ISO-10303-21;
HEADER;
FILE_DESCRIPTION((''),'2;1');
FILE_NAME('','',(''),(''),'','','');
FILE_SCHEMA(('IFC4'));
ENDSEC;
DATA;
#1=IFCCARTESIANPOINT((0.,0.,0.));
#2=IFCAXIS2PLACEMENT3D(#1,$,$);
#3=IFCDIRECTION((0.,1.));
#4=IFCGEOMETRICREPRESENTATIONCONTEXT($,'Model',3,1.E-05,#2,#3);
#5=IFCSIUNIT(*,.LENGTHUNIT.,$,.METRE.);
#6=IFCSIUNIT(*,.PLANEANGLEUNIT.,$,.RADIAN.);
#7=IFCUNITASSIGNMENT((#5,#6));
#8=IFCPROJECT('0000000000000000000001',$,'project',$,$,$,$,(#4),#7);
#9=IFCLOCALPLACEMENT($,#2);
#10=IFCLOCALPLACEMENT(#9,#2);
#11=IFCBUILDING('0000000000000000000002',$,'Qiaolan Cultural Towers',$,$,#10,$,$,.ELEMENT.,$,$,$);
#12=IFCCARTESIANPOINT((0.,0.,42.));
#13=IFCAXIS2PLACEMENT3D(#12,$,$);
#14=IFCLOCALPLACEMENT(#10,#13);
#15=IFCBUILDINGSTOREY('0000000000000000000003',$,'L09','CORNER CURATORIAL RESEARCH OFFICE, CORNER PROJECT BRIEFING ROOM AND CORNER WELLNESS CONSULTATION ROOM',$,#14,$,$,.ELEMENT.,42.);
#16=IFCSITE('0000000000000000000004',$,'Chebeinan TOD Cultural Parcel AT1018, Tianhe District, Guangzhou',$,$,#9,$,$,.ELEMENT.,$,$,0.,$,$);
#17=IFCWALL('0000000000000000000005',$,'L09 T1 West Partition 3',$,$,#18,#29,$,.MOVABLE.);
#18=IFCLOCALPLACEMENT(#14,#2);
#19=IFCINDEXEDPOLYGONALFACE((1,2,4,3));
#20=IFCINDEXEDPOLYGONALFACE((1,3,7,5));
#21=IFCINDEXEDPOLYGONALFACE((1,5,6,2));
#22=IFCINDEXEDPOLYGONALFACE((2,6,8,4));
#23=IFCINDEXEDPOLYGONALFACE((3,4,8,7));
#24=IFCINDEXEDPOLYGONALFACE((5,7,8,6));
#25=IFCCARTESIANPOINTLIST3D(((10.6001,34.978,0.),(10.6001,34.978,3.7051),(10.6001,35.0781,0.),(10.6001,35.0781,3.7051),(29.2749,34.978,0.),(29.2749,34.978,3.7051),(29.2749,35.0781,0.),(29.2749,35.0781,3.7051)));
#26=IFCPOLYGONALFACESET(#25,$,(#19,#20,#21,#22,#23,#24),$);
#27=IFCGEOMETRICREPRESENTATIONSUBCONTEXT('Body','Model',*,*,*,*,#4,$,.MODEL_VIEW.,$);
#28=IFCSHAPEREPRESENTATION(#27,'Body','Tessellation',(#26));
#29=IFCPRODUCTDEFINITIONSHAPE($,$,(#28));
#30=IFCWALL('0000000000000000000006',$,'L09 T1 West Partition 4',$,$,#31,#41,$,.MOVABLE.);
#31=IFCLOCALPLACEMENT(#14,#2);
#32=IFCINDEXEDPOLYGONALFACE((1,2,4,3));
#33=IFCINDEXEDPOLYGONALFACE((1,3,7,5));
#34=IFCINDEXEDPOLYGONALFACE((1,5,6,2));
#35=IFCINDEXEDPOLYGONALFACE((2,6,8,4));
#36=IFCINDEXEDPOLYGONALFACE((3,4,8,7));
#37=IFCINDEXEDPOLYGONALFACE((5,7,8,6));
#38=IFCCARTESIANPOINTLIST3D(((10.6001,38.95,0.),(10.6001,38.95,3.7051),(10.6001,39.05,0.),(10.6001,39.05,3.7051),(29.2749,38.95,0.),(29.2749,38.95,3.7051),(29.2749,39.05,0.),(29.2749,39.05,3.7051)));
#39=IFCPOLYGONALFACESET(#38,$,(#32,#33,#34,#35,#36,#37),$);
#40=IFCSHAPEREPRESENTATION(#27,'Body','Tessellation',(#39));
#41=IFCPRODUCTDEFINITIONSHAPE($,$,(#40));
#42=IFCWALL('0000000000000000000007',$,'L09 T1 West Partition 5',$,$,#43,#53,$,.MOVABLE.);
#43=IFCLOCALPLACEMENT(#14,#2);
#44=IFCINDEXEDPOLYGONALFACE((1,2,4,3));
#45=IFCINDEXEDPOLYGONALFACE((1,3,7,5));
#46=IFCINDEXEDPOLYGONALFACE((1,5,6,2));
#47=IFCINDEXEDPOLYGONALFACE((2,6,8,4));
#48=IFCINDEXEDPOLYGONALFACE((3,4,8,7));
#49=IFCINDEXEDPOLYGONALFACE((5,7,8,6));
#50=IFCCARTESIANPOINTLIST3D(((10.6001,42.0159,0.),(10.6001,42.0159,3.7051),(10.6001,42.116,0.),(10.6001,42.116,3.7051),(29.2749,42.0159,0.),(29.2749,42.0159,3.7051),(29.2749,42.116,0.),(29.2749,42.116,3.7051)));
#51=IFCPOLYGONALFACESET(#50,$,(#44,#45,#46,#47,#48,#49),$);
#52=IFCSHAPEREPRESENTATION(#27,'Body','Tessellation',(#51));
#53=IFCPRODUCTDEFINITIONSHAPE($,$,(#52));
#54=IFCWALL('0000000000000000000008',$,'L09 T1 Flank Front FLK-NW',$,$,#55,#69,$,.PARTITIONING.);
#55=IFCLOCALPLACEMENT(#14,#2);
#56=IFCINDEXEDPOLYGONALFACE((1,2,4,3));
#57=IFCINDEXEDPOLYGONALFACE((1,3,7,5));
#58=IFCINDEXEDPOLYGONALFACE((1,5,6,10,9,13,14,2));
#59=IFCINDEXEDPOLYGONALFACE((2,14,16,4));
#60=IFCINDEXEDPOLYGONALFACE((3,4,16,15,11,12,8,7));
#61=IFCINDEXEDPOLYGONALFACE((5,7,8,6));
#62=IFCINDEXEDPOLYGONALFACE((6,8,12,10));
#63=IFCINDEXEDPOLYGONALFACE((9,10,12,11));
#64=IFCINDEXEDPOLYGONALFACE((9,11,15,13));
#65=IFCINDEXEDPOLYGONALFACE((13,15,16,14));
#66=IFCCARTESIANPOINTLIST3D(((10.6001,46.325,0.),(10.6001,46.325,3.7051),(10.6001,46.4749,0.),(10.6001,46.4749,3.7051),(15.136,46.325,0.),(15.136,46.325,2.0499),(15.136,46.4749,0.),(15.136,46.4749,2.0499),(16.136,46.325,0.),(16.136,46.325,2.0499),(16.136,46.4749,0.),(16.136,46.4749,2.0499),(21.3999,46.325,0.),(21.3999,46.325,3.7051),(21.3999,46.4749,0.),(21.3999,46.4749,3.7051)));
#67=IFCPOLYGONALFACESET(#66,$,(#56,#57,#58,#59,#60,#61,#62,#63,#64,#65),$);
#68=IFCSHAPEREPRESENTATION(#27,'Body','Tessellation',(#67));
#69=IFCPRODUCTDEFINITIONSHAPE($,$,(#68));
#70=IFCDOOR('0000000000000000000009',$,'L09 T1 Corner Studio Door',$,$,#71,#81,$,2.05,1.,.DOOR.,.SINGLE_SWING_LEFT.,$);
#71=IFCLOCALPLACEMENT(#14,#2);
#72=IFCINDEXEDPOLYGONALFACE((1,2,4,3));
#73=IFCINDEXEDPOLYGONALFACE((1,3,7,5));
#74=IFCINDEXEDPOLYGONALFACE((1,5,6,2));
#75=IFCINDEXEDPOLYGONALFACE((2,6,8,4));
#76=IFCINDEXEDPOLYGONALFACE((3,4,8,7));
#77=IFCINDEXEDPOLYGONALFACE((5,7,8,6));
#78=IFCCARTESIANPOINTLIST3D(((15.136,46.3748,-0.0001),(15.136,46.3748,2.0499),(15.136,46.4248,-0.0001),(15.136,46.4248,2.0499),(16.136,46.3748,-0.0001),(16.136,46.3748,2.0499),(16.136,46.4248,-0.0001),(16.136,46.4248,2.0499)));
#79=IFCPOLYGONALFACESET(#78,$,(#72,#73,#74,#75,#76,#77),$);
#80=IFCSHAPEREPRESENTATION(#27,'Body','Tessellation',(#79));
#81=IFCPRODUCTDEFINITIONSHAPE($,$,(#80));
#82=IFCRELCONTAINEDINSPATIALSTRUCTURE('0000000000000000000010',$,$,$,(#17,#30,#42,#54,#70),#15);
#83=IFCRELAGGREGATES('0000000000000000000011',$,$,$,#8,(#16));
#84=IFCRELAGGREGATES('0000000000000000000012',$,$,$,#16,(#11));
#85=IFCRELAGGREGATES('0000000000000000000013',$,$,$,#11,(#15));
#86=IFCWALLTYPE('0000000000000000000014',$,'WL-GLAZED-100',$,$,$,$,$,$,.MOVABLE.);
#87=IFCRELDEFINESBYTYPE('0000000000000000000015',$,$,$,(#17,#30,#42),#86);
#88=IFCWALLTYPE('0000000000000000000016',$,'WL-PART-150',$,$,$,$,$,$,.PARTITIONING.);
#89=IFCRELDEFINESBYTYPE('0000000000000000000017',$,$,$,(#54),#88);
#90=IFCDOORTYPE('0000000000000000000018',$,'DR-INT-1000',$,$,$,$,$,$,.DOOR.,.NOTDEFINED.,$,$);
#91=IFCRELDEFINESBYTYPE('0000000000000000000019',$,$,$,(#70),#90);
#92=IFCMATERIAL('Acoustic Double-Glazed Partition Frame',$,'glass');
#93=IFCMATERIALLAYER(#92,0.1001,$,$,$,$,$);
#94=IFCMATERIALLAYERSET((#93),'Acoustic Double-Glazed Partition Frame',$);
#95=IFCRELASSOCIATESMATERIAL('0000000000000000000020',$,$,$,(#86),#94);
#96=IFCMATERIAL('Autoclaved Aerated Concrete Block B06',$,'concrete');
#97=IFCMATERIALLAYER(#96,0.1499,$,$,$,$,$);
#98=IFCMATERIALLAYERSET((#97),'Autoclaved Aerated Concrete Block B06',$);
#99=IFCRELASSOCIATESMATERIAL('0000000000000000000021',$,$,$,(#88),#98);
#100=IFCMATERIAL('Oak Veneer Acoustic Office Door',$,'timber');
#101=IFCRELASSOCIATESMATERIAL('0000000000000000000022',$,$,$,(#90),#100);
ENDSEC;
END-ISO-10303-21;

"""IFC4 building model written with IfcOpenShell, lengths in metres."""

from ifc_helpers import new_model, si_unit, direction, frame, frame_2d, origin, place, context, subcontext, project, spatial, rectangle, extrude, material, layer, layer_set, type_object, element, fill, save


model = new_model("IFC4")

# Units and contexts
model_context = context("Model", 3, precision=1e-05, world=origin(), true_north=direction((0.0, 1.0)))
body_context = subcontext(model_context, "Body", "Model", "MODEL_VIEW")
ifc_project = project(units=[si_unit("LENGTHUNIT", "METRE"), si_unit("PLANEANGLEUNIT", "RADIAN")], contexts=[model_context])

# Site, building, storey
site_placement = place(None, origin())
site = spatial("IfcSite", under=ifc_project, at=site_placement, Name="Chebeinan TOD Cultural Parcel AT1018, Tianhe District, Guangzhou", CompositionType="ELEMENT", RefElevation=0.0)
building_placement = place(site_placement, origin())
building = spatial("IfcBuilding", under=site, at=building_placement, Name="Qiaolan Cultural Towers", CompositionType="ELEMENT")
storey_placement = place(building_placement, frame((0.0, 0.0, 42.0)))
storey = spatial("IfcBuildingStorey", under=building, at=storey_placement, Name="L09", Description="CORNER CURATORIAL RESEARCH OFFICE, CORNER PROJECT BRIEFING ROOM AND CORNER WELLNESS CONSULTATION ROOM", CompositionType="ELEMENT", Elevation=42.0)

# Walls
ifc_material_1 = material(Name="Acoustic Double-Glazed Partition Frame", Category="glass")
ifc_layer_1 = layer(ifc_material_1, 0.1001)
ifc_layer_set_1 = layer_set([ifc_layer_1], Name="Acoustic Double-Glazed Partition Frame")
wall_type_1 = type_object("IfcWallType", Name="WL-GLAZED-100", PredefinedType="MOVABLE", material=ifc_layer_set_1)
for number, where, z_axis, x_axis, name in (
    (1, (10.6001, 35.0281, 0.0), (0.0, 0.0, 1.0), (1.0, 0.0, 0.0), "L09 T1 West Partition 3"),
    (2, (10.6001, 39.0, 0.0), (0.0, 0.0, 1.0), (1.0, 0.0, 0.0), "L09 T1 West Partition 4"),
    (3, (10.6001, 42.0659, 0.0), (0.0, 0.0, 1.0), (1.0, 0.0, 0.0), "L09 T1 West Partition 5"),
):
    element("IfcWall", number, at=place(storey_placement, frame(where, z_axis=z_axis, x_axis=x_axis)), inside=storey, type_object=wall_type_1, Name=name, PredefinedType="MOVABLE", context=body_context, shape_type="SweptSolid", body=[
        extrude(rectangle(XDim=18.6748, YDim=0.1001, at=frame_2d((9.3374, 0.0))), origin(), (0.0, 0.0, 1.0), 3.7051),
    ])

# Wall, opening, door
ifc_material_2 = material(Name="Autoclaved Aerated Concrete Block B06", Category="concrete")
ifc_layer_2 = layer(ifc_material_2, 0.1499)
ifc_layer_set_2 = layer_set([ifc_layer_2], Name="Autoclaved Aerated Concrete Block B06")
wall_type_2 = type_object("IfcWallType", Name="WL-PART-150", PredefinedType="PARTITIONING", material=ifc_layer_set_2)
wall_1_placement = place(storey_placement, frame((10.6001, 46.3999, 0.0), z_axis=(0.0, 0.0, 1.0), x_axis=(1.0, 0.0, 0.0)))
wall_1 = element("IfcWall", 4, at=wall_1_placement, inside=storey, type_object=wall_type_2, Name="L09 T1 Flank Front FLK-NW", PredefinedType="PARTITIONING", context=body_context, shape_type="SweptSolid", body=[
    extrude(rectangle(XDim=10.7998, YDim=0.1499, at=frame_2d((5.3999, 0.0))), origin(), (0.0, 0.0, 1.0), 3.7051),
])
opening_placement = place(wall_1_placement, frame((4.5359, 0.0, 0.0)))
opening = element("IfcOpeningElement", 5, at=opening_placement, cuts=wall_1, PredefinedType="OPENING", context=body_context, shape_type="SweptSolid", body=[
    extrude(rectangle(XDim=1.0, YDim=2.05, at=frame_2d((0.5, 1.0249))), frame((0.0, 0.085, 0.0), z_axis=(0.0, -1.0, 0.0), x_axis=(1.0, 0.0, 0.0)), (0.0, 0.0, 1.0), 0.1699),
])
ifc_material_3 = material(Name="Oak Veneer Acoustic Office Door", Category="timber")
door_type = type_object("IfcDoorType", Name="DR-INT-1000", OperationType="NOTDEFINED", PredefinedType="DOOR", material=ifc_material_3)
door_placement = place(opening_placement, origin())
door = element("IfcDoor", 6, at=door_placement, inside=storey, type_object=door_type, Name="L09 T1 Corner Studio Door", OperationType="SINGLE_SWING_LEFT", OverallHeight=2.05, OverallWidth=1.0, PredefinedType="DOOR", context=body_context, shape_type="SweptSolid", body=[
    extrude(rectangle(XDim=1.0, YDim=2.05, at=frame_2d((0.5, 1.0249))), frame((0.0, 0.0249, 0.0), z_axis=(0.0, -1.0, 0.0), x_axis=(1.0, 0.0, 0.0)), (0.0, 0.0, 1.0), 0.05),
])
fill(opening, door)

save(model, "model.ifc")
